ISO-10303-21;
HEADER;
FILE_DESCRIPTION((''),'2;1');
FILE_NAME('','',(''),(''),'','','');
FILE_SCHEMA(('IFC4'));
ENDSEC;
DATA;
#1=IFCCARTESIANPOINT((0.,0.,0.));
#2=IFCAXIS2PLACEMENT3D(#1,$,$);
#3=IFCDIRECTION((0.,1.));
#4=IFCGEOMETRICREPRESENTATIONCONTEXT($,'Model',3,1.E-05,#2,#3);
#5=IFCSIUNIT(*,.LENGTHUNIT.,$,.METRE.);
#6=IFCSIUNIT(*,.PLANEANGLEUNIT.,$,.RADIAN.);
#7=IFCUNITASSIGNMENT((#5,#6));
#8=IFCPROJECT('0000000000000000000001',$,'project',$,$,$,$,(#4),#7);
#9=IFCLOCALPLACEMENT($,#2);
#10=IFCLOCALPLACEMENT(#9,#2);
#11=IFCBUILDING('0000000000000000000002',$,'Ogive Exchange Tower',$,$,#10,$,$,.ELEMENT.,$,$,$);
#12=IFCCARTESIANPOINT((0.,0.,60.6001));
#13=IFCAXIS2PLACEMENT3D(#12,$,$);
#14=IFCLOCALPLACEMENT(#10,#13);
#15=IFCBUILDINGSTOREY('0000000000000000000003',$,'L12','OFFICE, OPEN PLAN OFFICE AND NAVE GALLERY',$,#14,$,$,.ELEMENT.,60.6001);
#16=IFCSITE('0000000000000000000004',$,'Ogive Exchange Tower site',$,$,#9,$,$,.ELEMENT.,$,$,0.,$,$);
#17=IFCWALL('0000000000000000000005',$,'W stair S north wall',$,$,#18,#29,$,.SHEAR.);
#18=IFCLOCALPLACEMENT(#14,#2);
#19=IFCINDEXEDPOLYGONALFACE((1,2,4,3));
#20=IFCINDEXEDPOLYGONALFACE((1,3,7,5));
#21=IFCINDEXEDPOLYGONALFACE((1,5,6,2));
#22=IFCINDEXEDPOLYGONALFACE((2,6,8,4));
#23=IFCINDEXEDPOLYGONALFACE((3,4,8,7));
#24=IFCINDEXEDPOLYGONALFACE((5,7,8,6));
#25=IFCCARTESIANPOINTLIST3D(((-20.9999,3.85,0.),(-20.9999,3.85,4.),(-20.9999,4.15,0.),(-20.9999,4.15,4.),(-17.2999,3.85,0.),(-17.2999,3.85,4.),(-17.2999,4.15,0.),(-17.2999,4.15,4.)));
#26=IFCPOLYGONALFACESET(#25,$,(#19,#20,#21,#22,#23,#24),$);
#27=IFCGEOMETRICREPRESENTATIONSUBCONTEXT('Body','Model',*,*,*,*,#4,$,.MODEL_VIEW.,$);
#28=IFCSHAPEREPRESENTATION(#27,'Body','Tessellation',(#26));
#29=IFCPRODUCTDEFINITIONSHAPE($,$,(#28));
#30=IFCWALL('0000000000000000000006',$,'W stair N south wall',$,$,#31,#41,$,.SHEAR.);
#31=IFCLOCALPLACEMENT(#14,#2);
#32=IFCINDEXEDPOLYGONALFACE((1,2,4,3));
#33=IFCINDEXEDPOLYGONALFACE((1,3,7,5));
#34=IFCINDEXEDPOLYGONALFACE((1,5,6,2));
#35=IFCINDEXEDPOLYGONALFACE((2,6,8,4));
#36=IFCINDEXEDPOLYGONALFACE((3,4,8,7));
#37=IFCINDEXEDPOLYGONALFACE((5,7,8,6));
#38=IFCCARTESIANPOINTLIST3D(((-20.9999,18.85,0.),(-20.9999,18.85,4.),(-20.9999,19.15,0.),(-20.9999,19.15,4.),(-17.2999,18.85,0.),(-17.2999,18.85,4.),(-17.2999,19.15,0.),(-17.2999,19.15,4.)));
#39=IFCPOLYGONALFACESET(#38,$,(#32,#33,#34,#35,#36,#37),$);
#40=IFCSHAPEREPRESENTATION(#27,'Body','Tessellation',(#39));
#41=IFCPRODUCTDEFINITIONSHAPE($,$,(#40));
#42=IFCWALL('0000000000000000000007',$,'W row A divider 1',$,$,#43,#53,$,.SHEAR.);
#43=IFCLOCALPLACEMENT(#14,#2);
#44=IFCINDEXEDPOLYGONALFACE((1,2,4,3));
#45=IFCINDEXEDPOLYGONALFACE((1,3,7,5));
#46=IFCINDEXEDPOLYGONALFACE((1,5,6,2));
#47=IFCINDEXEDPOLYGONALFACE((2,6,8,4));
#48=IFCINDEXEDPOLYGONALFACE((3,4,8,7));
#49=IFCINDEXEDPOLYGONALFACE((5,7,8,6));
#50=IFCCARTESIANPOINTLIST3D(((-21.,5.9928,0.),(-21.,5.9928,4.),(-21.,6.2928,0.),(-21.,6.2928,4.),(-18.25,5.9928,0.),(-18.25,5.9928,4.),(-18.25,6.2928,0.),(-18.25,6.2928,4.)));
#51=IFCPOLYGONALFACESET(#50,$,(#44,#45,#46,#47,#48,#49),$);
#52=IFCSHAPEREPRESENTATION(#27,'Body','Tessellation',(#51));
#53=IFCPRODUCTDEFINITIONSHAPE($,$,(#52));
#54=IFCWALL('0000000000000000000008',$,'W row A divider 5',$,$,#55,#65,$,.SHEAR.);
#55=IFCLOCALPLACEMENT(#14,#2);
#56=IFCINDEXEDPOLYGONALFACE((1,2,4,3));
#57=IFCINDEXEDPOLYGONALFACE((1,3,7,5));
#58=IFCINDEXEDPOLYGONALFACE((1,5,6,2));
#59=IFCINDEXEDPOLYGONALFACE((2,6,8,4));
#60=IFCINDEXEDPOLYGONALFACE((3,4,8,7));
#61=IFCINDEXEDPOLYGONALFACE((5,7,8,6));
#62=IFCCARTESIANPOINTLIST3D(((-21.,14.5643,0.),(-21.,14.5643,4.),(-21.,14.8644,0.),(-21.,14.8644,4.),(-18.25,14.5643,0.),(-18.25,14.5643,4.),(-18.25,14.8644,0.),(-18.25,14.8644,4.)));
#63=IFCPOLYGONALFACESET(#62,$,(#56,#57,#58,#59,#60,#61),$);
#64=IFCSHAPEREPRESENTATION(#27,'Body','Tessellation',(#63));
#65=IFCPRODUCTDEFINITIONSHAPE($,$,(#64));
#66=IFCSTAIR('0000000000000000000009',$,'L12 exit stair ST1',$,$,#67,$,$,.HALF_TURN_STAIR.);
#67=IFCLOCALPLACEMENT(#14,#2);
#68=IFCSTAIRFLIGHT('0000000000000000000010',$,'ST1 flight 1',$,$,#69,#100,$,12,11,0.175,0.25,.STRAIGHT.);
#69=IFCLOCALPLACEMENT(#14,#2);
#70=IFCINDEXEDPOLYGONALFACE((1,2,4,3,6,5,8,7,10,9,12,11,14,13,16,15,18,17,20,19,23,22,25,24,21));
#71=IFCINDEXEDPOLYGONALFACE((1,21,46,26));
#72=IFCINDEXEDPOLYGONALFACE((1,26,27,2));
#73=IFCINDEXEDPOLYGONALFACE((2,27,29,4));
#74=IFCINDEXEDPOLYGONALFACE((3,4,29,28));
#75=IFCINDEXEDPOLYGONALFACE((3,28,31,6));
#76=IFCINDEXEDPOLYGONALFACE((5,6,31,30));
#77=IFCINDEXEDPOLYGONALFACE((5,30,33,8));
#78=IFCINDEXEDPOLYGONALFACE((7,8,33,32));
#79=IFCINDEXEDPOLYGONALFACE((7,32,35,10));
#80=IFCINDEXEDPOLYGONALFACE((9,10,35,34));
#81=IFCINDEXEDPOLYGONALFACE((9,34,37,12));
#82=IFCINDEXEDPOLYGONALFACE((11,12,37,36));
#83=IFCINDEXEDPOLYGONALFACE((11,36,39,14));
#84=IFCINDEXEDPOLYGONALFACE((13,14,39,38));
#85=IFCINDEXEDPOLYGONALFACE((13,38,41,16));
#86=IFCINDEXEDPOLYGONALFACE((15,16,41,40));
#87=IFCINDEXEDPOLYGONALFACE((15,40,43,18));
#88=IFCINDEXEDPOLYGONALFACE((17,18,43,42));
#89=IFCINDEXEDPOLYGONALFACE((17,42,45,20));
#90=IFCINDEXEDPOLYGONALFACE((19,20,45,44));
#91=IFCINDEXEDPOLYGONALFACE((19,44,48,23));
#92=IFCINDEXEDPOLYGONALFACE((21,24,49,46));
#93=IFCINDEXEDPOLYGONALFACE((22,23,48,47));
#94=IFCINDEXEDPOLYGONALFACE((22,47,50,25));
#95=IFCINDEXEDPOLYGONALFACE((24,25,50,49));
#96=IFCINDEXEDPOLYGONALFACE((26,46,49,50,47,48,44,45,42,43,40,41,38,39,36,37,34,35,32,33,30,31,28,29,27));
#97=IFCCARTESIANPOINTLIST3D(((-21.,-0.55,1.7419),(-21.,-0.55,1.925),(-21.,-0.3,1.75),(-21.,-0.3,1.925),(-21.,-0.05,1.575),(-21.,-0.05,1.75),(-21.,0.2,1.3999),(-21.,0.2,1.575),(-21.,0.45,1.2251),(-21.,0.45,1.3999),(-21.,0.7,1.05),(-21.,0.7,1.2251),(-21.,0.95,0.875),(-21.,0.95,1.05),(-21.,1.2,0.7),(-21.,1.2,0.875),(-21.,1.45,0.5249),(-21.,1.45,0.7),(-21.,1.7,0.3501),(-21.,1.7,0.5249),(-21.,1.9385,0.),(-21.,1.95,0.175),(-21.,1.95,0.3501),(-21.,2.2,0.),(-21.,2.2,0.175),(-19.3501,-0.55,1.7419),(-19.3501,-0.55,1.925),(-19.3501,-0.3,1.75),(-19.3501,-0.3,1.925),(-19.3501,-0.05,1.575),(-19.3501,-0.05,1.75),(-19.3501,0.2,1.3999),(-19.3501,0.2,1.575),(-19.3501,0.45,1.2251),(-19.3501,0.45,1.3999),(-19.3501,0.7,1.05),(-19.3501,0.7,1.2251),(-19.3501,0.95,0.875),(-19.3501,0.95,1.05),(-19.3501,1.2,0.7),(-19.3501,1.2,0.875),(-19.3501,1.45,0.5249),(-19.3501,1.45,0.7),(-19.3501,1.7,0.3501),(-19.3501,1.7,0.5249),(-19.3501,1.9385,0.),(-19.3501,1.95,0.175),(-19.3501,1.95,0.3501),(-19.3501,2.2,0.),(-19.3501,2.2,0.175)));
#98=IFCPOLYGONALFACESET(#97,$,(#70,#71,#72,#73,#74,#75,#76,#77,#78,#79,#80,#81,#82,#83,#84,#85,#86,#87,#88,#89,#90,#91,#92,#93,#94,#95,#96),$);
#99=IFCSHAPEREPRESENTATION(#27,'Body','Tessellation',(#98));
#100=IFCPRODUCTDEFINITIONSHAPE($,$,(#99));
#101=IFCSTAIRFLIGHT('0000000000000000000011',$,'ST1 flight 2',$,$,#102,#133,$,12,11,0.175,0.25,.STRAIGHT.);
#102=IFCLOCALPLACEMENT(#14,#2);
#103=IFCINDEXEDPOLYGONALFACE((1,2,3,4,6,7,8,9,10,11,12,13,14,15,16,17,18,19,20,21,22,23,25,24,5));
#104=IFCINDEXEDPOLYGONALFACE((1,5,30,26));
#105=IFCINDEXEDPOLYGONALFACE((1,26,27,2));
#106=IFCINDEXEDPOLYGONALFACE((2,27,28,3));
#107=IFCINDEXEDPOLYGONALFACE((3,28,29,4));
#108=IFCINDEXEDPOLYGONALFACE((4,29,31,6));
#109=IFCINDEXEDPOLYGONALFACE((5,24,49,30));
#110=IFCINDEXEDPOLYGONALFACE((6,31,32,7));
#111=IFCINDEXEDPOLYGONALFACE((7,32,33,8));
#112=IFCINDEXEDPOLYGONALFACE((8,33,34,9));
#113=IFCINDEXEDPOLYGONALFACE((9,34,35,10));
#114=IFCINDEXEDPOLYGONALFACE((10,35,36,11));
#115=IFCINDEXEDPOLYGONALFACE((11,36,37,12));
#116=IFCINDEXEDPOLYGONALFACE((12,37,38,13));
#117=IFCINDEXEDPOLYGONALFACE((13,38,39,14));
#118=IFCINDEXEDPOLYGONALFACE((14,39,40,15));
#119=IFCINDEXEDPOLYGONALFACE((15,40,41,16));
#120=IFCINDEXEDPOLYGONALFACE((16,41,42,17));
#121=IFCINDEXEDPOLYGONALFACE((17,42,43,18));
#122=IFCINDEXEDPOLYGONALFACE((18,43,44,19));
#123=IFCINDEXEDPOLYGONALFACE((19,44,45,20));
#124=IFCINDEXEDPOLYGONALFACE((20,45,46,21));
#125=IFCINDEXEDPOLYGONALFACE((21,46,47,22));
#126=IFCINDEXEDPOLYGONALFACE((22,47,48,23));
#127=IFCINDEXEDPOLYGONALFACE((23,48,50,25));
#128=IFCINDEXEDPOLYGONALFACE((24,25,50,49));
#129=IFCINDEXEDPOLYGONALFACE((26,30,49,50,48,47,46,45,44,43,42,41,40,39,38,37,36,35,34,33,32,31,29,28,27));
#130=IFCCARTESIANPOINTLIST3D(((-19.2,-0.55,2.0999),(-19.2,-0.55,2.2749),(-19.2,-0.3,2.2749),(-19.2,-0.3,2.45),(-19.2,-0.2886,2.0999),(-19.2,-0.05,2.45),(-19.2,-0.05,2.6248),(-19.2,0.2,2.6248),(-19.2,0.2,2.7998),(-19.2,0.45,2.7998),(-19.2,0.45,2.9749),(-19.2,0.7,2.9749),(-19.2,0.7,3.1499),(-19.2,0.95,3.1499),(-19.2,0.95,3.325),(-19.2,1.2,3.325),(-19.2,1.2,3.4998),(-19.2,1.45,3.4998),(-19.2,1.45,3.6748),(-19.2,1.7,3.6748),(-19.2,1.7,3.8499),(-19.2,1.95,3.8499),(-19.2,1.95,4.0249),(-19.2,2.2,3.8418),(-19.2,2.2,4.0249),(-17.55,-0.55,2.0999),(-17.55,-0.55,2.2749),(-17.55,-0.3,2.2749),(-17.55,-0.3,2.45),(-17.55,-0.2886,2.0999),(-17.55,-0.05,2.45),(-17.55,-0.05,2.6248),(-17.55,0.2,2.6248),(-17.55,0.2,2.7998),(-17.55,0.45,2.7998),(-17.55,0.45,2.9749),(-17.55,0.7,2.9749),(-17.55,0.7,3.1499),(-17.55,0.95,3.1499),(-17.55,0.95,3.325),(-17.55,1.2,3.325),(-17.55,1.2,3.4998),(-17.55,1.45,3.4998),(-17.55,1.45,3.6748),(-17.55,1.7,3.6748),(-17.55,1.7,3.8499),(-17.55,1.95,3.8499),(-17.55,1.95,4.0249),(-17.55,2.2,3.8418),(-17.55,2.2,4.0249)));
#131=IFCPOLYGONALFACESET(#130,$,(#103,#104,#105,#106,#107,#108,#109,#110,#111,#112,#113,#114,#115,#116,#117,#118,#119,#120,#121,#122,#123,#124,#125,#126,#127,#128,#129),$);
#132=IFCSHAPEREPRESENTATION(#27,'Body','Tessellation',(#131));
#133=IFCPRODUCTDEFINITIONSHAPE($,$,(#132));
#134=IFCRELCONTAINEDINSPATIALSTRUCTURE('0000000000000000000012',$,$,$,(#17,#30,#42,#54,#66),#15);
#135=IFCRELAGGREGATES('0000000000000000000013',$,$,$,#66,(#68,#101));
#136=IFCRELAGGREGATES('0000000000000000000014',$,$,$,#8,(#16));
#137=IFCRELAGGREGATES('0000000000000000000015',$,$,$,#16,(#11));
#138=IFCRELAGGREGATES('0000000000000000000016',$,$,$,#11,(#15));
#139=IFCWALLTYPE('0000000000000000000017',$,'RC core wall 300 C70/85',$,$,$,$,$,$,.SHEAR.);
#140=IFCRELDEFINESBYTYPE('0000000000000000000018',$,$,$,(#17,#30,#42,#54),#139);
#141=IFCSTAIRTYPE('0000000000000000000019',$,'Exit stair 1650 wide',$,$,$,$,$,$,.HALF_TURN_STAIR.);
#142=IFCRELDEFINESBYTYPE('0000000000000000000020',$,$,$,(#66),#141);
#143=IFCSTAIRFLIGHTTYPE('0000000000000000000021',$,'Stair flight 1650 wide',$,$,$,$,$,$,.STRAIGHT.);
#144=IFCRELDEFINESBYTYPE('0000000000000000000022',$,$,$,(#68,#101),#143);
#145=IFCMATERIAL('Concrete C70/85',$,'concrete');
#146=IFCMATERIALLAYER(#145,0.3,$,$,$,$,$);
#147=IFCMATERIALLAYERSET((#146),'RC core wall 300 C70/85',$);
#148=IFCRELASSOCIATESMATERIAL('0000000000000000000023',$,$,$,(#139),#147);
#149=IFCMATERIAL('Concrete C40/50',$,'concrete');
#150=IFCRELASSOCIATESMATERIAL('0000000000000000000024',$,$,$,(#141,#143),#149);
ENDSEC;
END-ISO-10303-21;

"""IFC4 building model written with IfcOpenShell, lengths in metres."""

from ifc_helpers import new_model, si_unit, direction, frame, frame_2d, origin, place, context, subcontext, project, spatial, polyline, rectangle, outline, extrude, material, layer, layer_set, type_object, element, aggregate, save


model = new_model("IFC4")

# Units and contexts
model_context = context("Model", 3, precision=1e-05, world=origin(), true_north=direction((0.0, 1.0)))
body_context = subcontext(model_context, "Body", "Model", "MODEL_VIEW")
ifc_project = project(units=[si_unit("LENGTHUNIT", "METRE"), si_unit("PLANEANGLEUNIT", "RADIAN")], contexts=[model_context])

# Site, building, storey
site_placement = place(None, origin())
site = spatial("IfcSite", under=ifc_project, at=site_placement, Name="Ogive Exchange Tower site", CompositionType="ELEMENT", RefElevation=0.0)
building_placement = place(site_placement, origin())
building = spatial("IfcBuilding", under=site, at=building_placement, Name="Ogive Exchange Tower", CompositionType="ELEMENT")
storey_placement = place(building_placement, frame((0.0, 0.0, 60.6001)))
storey = spatial("IfcBuildingStorey", under=building, at=storey_placement, Name="L12", Description="OFFICE, OPEN PLAN OFFICE AND NAVE GALLERY", CompositionType="ELEMENT", Elevation=60.6001)

# Walls
ifc_material_1 = material(Name="Concrete C70/85", Category="concrete")
ifc_layer_1 = layer(ifc_material_1, 0.3)
ifc_layer_set_1 = layer_set([ifc_layer_1], Name="RC core wall 300 C70/85")
wall_type_1 = type_object("IfcWallType", Name="RC core wall 300 C70/85", PredefinedType="SHEAR", material=ifc_layer_set_1)
for number, where, z_axis, x_axis, name in (
    (1, (-21.0, 4.0, 0.0), (0.0, 0.0, 1.0), (1.0, 0.0, 0.0), "W stair S north wall"),
    (2, (-21.0, 19.0, 0.0), (0.0, 0.0, 1.0), (1.0, 0.0, 0.0), "W stair N south wall"),
):
    element("IfcWall", number, at=place(storey_placement, frame(where, z_axis=z_axis, x_axis=x_axis)), inside=storey, type_object=wall_type_1, Name=name, PredefinedType="SHEAR", context=body_context, shape_type="SweptSolid", body=[
        extrude(rectangle(XDim=3.7, YDim=0.3, at=frame_2d((1.8501, 0.0))), origin(), (0.0, 0.0, 1.0), 4.0),
    ])
for number, where, z_axis, x_axis, name in (
    (3, (-21.0, 6.1428, 0.0), (0.0, 0.0, 1.0), (1.0, 0.0, 0.0), "W row A divider 1"),
    (4, (-21.0, 14.7144, 0.0), (0.0, 0.0, 1.0), (1.0, 0.0, 0.0), "W row A divider 5"),
):
    element("IfcWall", number, at=place(storey_placement, frame(where, z_axis=z_axis, x_axis=x_axis)), inside=storey, type_object=wall_type_1, Name=name, PredefinedType="SHEAR", context=body_context, shape_type="SweptSolid", body=[
        extrude(rectangle(XDim=2.75, YDim=0.3, at=frame_2d((1.375, 0.0))), origin(), (0.0, 0.0, 1.0), 4.0),
    ])

# Stair, stair flights
ifc_material_2 = material(Name="Concrete C40/50", Category="concrete")
stair_type = type_object("IfcStairType", Name="Exit stair 1650 wide", PredefinedType="HALF_TURN_STAIR", material=ifc_material_2)
stair_placement = place(storey_placement, origin())
stair = element("IfcStair", 5, at=stair_placement, inside=storey, type_object=stair_type, Name="L12 exit stair ST1", PredefinedType="HALF_TURN_STAIR")
stair_flight_type = type_object("IfcStairFlightType", Name="Stair flight 1650 wide", PredefinedType="STRAIGHT", material=ifc_material_2)
stair_flight_1_placement = place(storey_placement, frame((-20.175, 2.2, 0.0), z_axis=(0.0, 0.0, 1.0), x_axis=(0.0, -1.0, 0.0)))
stair_flight_1 = element("IfcStairFlight", 6, at=stair_flight_1_placement, type_object=stair_flight_type, Name="ST1 flight 1", NumberOfRisers=12, NumberOfTreads=11, PredefinedType="STRAIGHT", RiserHeight=0.175, TreadLength=0.25, context=body_context, shape_type="SweptSolid", body=[
    extrude(outline(polyline([(0.0, 0.0), (0.0, 0.175), (0.25, 0.175), (0.25, 0.3501), (0.5, 0.3501), (0.5, 0.5249), (0.75, 0.5249), (0.75, 0.7), (1.0, 0.7), (1.0, 0.875), (1.25, 0.875), (1.25, 1.05), (1.5, 1.05), (1.5, 1.2251), (1.75, 1.2251), (1.75, 1.3999), (2.0, 1.3999), (2.0, 1.575), (2.25, 1.575), (2.25, 1.75), (2.5, 1.75), (2.5, 1.925), (2.75, 1.925), (2.75, 2.1001), (2.75, 1.7419), (0.2615, 0.0), (0.0, 0.0)])), frame((0.0, 0.825, 0.0), z_axis=(0.0, -1.0, 0.0), x_axis=(1.0, 0.0, 0.0)), (0.0, 0.0, 1.0), 1.6499),
])
stair_flight_2_placement = place(storey_placement, frame((-18.375, -0.55, 2.0999), z_axis=(0.0, 0.0, 1.0), x_axis=(0.0, 1.0, 0.0)))
stair_flight_2 = element("IfcStairFlight", 7, at=stair_flight_2_placement, type_object=stair_flight_type, Name="ST1 flight 2", NumberOfRisers=12, NumberOfTreads=11, PredefinedType="STRAIGHT", RiserHeight=0.175, TreadLength=0.25, context=body_context, shape_type="SweptSolid", body=[
    extrude(outline(polyline([(0.0, 0.0), (0.0, 0.175), (0.25, 0.175), (0.25, 0.3501), (0.5, 0.3501), (0.5, 0.5249), (0.75, 0.5249), (0.75, 0.7), (1.0, 0.7), (1.0, 0.875), (1.25, 0.875), (1.25, 1.05), (1.5, 1.05), (1.5, 1.2251), (1.75, 1.2251), (1.75, 1.3999), (2.0, 1.3999), (2.0, 1.575), (2.25, 1.575), (2.25, 1.75), (2.5, 1.75), (2.5, 1.925), (2.75, 1.925), (2.75, 2.1001), (2.75, 1.7419), (0.2615, 0.0), (0.0, 0.0)])), frame((0.0, 0.825, 0.0), z_axis=(0.0, -1.0, 0.0), x_axis=(1.0, 0.0, 0.0)), (0.0, 0.0, 1.0), 1.6499),
])
aggregate(stair, [stair_flight_1, stair_flight_2])

save(model, "model.ifc")
